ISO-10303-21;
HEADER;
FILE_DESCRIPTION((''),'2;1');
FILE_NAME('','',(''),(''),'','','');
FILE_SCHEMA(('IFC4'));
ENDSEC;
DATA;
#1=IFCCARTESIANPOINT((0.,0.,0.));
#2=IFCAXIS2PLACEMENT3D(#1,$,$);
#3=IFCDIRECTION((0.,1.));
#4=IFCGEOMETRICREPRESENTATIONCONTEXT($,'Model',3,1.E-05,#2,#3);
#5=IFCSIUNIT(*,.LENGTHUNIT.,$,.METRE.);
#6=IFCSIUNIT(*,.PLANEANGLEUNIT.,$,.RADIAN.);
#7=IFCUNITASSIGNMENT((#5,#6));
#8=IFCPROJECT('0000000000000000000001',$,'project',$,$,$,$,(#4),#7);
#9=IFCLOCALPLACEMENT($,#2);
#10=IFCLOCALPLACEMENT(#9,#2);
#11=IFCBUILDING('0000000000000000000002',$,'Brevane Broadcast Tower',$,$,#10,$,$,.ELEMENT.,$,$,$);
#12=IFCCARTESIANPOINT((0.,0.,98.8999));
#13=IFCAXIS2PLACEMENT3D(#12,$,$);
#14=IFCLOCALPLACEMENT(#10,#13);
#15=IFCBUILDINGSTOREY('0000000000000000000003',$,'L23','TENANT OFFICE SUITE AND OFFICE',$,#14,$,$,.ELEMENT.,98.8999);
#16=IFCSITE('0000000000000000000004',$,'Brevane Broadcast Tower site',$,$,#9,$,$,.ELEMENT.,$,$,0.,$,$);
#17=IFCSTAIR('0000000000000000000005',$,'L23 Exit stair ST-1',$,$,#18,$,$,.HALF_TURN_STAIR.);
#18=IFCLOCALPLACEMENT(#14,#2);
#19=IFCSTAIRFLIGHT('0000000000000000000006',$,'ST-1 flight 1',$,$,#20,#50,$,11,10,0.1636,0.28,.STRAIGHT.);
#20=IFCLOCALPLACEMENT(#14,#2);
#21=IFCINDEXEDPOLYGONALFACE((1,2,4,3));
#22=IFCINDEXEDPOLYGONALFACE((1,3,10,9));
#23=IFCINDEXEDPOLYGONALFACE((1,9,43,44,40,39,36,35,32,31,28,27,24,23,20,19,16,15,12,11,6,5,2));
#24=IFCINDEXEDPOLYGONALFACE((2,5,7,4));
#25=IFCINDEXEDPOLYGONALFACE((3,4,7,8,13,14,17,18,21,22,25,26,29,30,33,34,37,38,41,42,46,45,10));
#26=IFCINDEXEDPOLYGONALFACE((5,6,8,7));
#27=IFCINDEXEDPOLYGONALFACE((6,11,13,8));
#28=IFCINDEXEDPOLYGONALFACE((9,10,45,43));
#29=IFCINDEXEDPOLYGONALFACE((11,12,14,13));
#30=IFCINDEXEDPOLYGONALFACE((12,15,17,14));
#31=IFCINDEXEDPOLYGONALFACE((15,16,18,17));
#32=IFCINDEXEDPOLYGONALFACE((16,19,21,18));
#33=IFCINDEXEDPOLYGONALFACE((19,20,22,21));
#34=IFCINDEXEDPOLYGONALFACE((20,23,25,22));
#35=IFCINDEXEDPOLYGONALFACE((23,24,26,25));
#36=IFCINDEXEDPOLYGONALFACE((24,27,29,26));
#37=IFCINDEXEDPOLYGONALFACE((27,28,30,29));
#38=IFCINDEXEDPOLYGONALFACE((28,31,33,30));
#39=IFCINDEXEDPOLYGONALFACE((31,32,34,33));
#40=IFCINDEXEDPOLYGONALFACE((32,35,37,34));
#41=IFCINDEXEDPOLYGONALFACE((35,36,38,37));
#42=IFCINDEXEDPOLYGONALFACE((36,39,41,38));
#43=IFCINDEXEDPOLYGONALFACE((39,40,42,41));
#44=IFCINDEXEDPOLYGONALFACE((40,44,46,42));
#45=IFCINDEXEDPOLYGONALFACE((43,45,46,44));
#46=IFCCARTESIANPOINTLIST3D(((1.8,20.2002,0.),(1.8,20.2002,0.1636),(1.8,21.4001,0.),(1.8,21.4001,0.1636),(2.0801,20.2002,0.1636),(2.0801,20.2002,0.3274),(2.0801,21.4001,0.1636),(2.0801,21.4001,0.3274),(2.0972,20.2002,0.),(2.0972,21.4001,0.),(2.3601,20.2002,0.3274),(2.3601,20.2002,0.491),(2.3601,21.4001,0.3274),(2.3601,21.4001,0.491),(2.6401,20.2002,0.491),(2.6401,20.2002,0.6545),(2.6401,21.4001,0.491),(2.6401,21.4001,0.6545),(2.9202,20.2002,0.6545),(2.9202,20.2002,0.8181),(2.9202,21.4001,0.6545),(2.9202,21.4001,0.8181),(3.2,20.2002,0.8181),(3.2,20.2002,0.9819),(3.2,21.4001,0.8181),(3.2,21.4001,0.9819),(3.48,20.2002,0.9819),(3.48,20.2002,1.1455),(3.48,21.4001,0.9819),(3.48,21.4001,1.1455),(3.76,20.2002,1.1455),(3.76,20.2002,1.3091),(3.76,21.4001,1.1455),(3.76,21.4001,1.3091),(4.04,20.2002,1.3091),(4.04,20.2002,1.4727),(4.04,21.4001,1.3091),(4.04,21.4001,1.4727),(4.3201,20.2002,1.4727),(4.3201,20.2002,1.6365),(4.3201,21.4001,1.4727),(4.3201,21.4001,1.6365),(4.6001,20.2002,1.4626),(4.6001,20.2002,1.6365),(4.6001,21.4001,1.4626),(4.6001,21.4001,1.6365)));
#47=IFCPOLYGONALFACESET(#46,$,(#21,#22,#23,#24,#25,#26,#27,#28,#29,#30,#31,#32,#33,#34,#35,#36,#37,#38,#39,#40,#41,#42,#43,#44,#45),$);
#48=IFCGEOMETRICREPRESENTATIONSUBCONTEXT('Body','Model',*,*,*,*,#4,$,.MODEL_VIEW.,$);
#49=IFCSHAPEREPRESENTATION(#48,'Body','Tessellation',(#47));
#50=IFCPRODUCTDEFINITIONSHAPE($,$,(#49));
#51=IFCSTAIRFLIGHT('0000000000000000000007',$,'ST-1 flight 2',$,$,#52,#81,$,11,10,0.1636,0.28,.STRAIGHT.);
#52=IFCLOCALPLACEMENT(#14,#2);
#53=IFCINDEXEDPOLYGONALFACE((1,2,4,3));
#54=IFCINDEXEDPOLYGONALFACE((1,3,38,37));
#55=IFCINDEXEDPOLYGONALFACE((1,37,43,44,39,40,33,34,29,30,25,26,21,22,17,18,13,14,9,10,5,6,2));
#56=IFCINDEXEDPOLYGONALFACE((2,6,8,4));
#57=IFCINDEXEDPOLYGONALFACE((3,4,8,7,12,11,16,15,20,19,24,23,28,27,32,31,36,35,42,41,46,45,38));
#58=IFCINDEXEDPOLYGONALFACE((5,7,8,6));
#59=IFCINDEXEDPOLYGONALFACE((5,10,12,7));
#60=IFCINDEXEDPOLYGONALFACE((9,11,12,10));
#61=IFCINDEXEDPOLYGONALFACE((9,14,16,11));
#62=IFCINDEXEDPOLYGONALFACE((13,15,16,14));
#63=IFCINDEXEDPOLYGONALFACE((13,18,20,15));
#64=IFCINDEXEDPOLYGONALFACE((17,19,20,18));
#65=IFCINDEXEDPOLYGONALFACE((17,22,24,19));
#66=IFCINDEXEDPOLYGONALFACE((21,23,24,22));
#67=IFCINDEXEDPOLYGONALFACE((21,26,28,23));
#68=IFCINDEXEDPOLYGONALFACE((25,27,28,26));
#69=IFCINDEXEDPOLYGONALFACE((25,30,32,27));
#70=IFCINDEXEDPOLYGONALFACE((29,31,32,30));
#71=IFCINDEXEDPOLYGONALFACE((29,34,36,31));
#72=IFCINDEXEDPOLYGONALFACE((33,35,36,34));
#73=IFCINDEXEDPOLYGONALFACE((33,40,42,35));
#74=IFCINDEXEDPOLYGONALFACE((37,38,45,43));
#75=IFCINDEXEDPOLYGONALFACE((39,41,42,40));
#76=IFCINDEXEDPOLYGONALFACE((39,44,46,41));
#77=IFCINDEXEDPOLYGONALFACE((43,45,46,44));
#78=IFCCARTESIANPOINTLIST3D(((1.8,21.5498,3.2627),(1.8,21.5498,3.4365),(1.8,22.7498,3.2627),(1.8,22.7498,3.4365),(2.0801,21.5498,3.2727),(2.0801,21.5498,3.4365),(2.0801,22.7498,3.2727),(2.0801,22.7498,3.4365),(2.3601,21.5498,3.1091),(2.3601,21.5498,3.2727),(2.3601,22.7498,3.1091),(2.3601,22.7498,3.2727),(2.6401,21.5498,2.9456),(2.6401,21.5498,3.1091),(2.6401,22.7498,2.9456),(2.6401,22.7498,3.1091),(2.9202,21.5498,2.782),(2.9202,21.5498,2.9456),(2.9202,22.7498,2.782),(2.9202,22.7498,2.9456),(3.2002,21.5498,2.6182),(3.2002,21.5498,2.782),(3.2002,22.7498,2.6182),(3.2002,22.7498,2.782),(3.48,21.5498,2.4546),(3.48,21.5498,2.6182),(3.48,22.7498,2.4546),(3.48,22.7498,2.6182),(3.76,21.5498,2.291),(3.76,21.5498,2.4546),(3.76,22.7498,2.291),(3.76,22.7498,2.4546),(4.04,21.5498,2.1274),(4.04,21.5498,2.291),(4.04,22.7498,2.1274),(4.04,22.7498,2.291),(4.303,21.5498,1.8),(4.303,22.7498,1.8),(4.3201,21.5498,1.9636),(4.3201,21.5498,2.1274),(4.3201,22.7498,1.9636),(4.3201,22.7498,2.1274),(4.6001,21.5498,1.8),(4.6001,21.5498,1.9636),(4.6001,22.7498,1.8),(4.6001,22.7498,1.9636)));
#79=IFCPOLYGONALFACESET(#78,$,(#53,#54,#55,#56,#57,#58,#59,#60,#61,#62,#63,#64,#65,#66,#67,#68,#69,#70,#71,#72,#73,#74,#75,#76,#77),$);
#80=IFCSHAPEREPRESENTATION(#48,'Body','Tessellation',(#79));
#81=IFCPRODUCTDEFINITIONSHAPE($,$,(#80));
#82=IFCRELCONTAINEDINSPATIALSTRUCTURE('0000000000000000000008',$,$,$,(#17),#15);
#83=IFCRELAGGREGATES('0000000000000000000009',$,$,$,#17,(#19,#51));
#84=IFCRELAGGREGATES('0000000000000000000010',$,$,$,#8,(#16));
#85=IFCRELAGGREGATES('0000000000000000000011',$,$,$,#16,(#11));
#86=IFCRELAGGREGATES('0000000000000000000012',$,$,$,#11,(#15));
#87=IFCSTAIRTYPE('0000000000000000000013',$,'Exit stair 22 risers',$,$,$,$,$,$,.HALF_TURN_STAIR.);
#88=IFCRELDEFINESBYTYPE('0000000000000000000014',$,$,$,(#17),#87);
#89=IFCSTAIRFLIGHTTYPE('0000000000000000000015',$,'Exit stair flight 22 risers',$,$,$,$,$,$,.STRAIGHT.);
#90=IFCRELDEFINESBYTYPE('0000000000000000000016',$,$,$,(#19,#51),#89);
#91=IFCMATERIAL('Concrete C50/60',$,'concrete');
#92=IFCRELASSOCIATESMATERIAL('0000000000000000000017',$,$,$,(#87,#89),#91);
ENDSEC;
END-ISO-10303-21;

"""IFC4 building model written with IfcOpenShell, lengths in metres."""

from ifc_helpers import new_model, si_unit, direction, frame, origin, place, context, subcontext, project, spatial, polyline, outline, extrude, material, type_object, element, aggregate, save


model = new_model("IFC4")

# Units and contexts
model_context = context("Model", 3, precision=1e-05, world=origin(), true_north=direction((0.0, 1.0)))
body_context = subcontext(model_context, "Body", "Model", "MODEL_VIEW")
ifc_project = project(units=[si_unit("LENGTHUNIT", "METRE"), si_unit("PLANEANGLEUNIT", "RADIAN")], contexts=[model_context])

# Site, building, storey
site_placement = place(None, origin())
site = spatial("IfcSite", under=ifc_project, at=site_placement, Name="Brevane Broadcast Tower site", CompositionType="ELEMENT", RefElevation=0.0)
building_placement = place(site_placement, origin())
building = spatial("IfcBuilding", under=site, at=building_placement, Name="Brevane Broadcast Tower", CompositionType="ELEMENT")
storey_placement = place(building_placement, frame((0.0, 0.0, 98.8999)))
storey = spatial("IfcBuildingStorey", under=building, at=storey_placement, Name="L23", Description="TENANT OFFICE SUITE AND OFFICE", CompositionType="ELEMENT", Elevation=98.8999)

# Stair, stair flights
ifc_material_1 = material(Name="Concrete C50/60", Category="concrete")
stair_type = type_object("IfcStairType", Name="Exit stair 22 risers", PredefinedType="HALF_TURN_STAIR", material=ifc_material_1)
stair_placement = place(storey_placement, origin())
stair = element("IfcStair", 1, at=stair_placement, inside=storey, type_object=stair_type, Name="L23 Exit stair ST-1", PredefinedType="HALF_TURN_STAIR")
stair_flight_type = type_object("IfcStairFlightType", Name="Exit stair flight 22 risers", PredefinedType="STRAIGHT", material=ifc_material_1)
stair_flight_1_placement = place(storey_placement, frame((1.8, 20.8, 0.0), z_axis=(0.0, 0.0, 1.0), x_axis=(1.0, 0.0, 0.0)))
stair_flight_1 = element("IfcStairFlight", 2, at=stair_flight_1_placement, type_object=stair_flight_type, Name="ST-1 flight 1", NumberOfRisers=11, NumberOfTreads=10, PredefinedType="STRAIGHT", RiserHeight=0.1636, TreadLength=0.28, context=body_context, shape_type="SweptSolid", body=[
    extrude(outline(polyline([(0.0, 0.0), (0.0, 0.1636), (0.28, 0.1636), (0.28, 0.3274), (0.5601, 0.3274), (0.5601, 0.491), (0.8401, 0.491), (0.8401, 0.6545), (1.1201, 0.6545), (1.1201, 0.8181), (1.3999, 0.8181), (1.3999, 0.9819), (1.6799, 0.9819), (1.6799, 1.1455), (1.96, 1.1455), (1.96, 1.3091), (2.24, 1.3091), (2.24, 1.4727), (2.52, 1.4727), (2.52, 1.6365), (2.8, 1.6365), (2.8, 1.8), (2.8, 1.4626), (0.2971, 0.0), (0.0, 0.0)])), frame((0.0, 0.6001, 0.0), z_axis=(0.0, -1.0, 0.0), x_axis=(1.0, 0.0, 0.0)), (0.0, 0.0, 1.0), 1.2),
])
stair_flight_2_placement = place(storey_placement, frame((4.6001, 22.1499, 1.8), z_axis=(0.0, 0.0, 1.0), x_axis=(-1.0, 0.0, 0.0)))
stair_flight_2 = element("IfcStairFlight", 3, at=stair_flight_2_placement, type_object=stair_flight_type, Name="ST-1 flight 2", NumberOfRisers=11, NumberOfTreads=10, PredefinedType="STRAIGHT", RiserHeight=0.1636, TreadLength=0.28, context=body_context, shape_type="SweptSolid", body=[
    extrude(outline(polyline([(0.0, 0.0), (0.0, 0.1636), (0.28, 0.1636), (0.28, 0.3274), (0.5601, 0.3274), (0.5601, 0.491), (0.8401, 0.491), (0.8401, 0.6545), (1.1201, 0.6545), (1.1201, 0.8181), (1.3999, 0.8181), (1.3999, 0.9819), (1.6799, 0.9819), (1.6799, 1.1455), (1.96, 1.1455), (1.96, 1.3091), (2.24, 1.3091), (2.24, 1.4727), (2.52, 1.4727), (2.52, 1.6365), (2.8, 1.6365), (2.8, 1.8), (2.8, 1.4626), (0.2971, 0.0), (0.0, 0.0)])), frame((0.0, 0.6001, 0.0), z_axis=(0.0, -1.0, 0.0), x_axis=(1.0, 0.0, 0.0)), (0.0, 0.0, 1.0), 1.2),
])
aggregate(stair, [stair_flight_1, stair_flight_2])

save(model, "model.ifc")
